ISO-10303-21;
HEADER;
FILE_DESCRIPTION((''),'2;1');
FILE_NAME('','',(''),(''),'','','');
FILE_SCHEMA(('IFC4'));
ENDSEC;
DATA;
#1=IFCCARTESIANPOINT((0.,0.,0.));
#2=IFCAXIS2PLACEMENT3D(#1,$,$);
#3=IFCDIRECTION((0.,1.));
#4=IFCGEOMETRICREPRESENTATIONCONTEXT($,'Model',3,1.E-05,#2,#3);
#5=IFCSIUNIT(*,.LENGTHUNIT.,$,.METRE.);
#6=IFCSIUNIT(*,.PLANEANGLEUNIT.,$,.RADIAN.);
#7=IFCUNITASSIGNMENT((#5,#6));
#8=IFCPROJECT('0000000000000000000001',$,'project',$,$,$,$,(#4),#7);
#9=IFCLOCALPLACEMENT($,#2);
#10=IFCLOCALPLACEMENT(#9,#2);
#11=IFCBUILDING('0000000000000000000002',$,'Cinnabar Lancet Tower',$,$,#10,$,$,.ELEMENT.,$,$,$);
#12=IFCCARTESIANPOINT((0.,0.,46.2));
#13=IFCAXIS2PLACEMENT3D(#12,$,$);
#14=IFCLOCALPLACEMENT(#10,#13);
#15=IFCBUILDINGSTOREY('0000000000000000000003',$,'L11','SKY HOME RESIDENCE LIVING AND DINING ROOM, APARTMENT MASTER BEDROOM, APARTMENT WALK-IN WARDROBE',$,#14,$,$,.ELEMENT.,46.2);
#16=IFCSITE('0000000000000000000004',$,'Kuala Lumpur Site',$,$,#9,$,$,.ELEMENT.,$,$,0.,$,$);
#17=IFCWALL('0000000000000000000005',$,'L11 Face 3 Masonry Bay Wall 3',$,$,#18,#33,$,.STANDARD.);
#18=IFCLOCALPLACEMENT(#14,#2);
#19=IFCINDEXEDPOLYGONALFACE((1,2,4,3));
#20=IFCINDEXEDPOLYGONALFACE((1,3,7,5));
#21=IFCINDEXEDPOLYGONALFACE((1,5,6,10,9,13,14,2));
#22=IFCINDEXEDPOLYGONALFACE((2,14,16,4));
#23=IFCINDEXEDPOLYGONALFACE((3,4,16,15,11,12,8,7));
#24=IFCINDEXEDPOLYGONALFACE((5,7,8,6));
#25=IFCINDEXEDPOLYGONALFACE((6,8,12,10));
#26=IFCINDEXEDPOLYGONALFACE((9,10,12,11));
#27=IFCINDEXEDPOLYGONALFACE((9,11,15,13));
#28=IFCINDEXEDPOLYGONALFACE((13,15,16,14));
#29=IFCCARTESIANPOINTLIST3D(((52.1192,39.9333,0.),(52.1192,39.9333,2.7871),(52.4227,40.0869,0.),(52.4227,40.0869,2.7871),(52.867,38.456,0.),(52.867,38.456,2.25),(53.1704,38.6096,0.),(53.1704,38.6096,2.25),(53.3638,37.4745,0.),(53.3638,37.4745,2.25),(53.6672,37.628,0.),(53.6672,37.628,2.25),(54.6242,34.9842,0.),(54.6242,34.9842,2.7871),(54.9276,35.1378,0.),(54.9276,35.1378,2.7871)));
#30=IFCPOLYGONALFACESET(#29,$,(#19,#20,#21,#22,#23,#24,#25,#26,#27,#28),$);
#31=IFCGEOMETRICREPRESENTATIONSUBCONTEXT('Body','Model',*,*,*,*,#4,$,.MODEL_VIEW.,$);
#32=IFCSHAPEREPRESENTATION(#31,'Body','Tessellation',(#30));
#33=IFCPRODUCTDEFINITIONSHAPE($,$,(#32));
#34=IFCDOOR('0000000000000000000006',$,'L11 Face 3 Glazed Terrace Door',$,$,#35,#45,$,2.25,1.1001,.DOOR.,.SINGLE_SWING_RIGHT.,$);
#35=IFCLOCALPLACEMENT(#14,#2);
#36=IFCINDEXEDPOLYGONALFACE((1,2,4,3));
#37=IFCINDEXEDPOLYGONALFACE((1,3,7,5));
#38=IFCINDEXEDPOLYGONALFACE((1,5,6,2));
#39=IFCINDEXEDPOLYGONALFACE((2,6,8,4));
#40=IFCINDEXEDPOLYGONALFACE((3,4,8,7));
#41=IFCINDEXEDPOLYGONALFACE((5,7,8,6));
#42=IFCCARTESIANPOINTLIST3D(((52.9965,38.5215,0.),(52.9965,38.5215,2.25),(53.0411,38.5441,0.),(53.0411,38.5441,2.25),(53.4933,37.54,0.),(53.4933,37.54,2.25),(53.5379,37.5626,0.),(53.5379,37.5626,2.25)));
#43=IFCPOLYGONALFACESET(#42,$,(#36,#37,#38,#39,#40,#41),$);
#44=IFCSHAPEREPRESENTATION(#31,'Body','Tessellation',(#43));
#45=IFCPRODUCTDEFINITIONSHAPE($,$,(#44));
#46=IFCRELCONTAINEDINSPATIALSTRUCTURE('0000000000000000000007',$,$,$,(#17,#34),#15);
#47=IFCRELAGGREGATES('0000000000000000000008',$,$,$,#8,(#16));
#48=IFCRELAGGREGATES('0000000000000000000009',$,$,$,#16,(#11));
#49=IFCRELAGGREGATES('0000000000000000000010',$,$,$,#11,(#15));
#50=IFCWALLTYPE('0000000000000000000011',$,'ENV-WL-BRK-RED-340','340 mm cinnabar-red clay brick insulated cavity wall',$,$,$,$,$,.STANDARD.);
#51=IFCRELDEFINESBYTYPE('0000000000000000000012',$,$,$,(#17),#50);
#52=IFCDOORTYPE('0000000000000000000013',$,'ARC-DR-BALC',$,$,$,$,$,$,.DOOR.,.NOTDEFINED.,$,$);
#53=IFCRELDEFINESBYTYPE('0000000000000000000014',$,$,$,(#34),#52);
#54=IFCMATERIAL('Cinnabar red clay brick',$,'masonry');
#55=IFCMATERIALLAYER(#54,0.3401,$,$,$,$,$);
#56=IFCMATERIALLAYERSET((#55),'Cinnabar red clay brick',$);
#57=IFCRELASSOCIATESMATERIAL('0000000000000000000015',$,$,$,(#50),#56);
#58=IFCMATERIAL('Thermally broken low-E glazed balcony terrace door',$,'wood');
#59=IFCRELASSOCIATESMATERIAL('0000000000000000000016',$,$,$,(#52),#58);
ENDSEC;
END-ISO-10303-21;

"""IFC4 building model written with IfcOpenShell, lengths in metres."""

from ifc_helpers import new_model, si_unit, direction, frame, frame_2d, origin, place, context, subcontext, project, spatial, rectangle, extrude, material, layer, layer_set, type_object, element, fill, save


model = new_model("IFC4")

# Units and contexts
model_context = context("Model", 3, precision=1e-05, world=origin(), true_north=direction((0.0, 1.0)))
body_context = subcontext(model_context, "Body", "Model", "MODEL_VIEW")
ifc_project = project(units=[si_unit("LENGTHUNIT", "METRE"), si_unit("PLANEANGLEUNIT", "RADIAN")], contexts=[model_context])

# Site, building, storey
site_placement = place(None, origin())
site = spatial("IfcSite", under=ifc_project, at=site_placement, Name="Kuala Lumpur Site", CompositionType="ELEMENT", RefElevation=0.0)
building_placement = place(site_placement, origin())
building = spatial("IfcBuilding", under=site, at=building_placement, Name="Cinnabar Lancet Tower", CompositionType="ELEMENT")
storey_placement = place(building_placement, frame((0.0, 0.0, 46.2)))
storey = spatial("IfcBuildingStorey", under=building, at=storey_placement, Name="L11", Description="SKY HOME RESIDENCE LIVING AND DINING ROOM, APARTMENT MASTER BEDROOM, APARTMENT WALK-IN WARDROBE", CompositionType="ELEMENT", Elevation=46.2)

# Shared definitions
ifc_material_1 = material(Name="Cinnabar red clay brick", Category="masonry")
ifc_layer_1 = layer(ifc_material_1, 0.3401)
ifc_layer_set_1 = layer_set([ifc_layer_1], Name="Cinnabar red clay brick")
wall_type_1 = type_object("IfcWallType", Name="ENV-WL-BRK-RED-340", Description="340 mm cinnabar-red clay brick insulated cavity wall", PredefinedType="STANDARD", material=ifc_layer_set_1)

# Wall, opening, door
wall_1_placement = place(storey_placement, frame((54.7759, 35.061, 0.0), z_axis=(0.0, 0.0, 1.0), x_axis=(-0.451592, 0.892225, 0.0)))
wall_1 = element("IfcWall", 1, at=wall_1_placement, inside=storey, type_object=wall_type_1, Name="L11 Face 3 Masonry Bay Wall 3", PredefinedType="STANDARD", context=body_context, shape_type="SweptSolid", body=[
    extrude(rectangle(XDim=5.5469, YDim=0.3401, at=frame_2d((2.7734, 0.0))), origin(), (0.0, 0.0, 1.0), 2.7871),
])
opening_1_placement = place(wall_1_placement, frame((2.791, 0.0, 0.0)))
opening_1 = element("IfcOpeningElement", 2, at=opening_1_placement, cuts=wall_1, PredefinedType="OPENING", context=body_context, shape_type="SweptSolid", body=[
    extrude(rectangle(XDim=1.1001, YDim=2.25, at=frame_2d((0.55, 1.125))), frame((0.0, 0.1799, 0.0), z_axis=(0.0, -1.0, 0.0), x_axis=(1.0, 0.0, 0.0)), (0.0, 0.0, 1.0), 0.3601),
])
ifc_material_2 = material(Name="Thermally broken low-E glazed balcony terrace door", Category="wood")
door_type_1 = type_object("IfcDoorType", Name="ARC-DR-BALC", OperationType="NOTDEFINED", PredefinedType="DOOR", material=ifc_material_2)
door_1_placement = place(opening_1_placement, origin())
door_1 = element("IfcDoor", 3, at=door_1_placement, inside=storey, type_object=door_type_1, Name="L11 Face 3 Glazed Terrace Door", OperationType="SINGLE_SWING_RIGHT", OverallHeight=2.25, OverallWidth=1.1001, PredefinedType="DOOR", context=body_context, shape_type="SweptSolid", body=[
    extrude(rectangle(XDim=1.1001, YDim=2.25, at=frame_2d((0.55, 1.125))), frame((0.0, 0.0249, 0.0), z_axis=(0.0, -1.0, 0.0), x_axis=(1.0, 0.0, 0.0)), (0.0, 0.0, 1.0), 0.05),
])
fill(opening_1, door_1)

save(model, "model.ifc")
